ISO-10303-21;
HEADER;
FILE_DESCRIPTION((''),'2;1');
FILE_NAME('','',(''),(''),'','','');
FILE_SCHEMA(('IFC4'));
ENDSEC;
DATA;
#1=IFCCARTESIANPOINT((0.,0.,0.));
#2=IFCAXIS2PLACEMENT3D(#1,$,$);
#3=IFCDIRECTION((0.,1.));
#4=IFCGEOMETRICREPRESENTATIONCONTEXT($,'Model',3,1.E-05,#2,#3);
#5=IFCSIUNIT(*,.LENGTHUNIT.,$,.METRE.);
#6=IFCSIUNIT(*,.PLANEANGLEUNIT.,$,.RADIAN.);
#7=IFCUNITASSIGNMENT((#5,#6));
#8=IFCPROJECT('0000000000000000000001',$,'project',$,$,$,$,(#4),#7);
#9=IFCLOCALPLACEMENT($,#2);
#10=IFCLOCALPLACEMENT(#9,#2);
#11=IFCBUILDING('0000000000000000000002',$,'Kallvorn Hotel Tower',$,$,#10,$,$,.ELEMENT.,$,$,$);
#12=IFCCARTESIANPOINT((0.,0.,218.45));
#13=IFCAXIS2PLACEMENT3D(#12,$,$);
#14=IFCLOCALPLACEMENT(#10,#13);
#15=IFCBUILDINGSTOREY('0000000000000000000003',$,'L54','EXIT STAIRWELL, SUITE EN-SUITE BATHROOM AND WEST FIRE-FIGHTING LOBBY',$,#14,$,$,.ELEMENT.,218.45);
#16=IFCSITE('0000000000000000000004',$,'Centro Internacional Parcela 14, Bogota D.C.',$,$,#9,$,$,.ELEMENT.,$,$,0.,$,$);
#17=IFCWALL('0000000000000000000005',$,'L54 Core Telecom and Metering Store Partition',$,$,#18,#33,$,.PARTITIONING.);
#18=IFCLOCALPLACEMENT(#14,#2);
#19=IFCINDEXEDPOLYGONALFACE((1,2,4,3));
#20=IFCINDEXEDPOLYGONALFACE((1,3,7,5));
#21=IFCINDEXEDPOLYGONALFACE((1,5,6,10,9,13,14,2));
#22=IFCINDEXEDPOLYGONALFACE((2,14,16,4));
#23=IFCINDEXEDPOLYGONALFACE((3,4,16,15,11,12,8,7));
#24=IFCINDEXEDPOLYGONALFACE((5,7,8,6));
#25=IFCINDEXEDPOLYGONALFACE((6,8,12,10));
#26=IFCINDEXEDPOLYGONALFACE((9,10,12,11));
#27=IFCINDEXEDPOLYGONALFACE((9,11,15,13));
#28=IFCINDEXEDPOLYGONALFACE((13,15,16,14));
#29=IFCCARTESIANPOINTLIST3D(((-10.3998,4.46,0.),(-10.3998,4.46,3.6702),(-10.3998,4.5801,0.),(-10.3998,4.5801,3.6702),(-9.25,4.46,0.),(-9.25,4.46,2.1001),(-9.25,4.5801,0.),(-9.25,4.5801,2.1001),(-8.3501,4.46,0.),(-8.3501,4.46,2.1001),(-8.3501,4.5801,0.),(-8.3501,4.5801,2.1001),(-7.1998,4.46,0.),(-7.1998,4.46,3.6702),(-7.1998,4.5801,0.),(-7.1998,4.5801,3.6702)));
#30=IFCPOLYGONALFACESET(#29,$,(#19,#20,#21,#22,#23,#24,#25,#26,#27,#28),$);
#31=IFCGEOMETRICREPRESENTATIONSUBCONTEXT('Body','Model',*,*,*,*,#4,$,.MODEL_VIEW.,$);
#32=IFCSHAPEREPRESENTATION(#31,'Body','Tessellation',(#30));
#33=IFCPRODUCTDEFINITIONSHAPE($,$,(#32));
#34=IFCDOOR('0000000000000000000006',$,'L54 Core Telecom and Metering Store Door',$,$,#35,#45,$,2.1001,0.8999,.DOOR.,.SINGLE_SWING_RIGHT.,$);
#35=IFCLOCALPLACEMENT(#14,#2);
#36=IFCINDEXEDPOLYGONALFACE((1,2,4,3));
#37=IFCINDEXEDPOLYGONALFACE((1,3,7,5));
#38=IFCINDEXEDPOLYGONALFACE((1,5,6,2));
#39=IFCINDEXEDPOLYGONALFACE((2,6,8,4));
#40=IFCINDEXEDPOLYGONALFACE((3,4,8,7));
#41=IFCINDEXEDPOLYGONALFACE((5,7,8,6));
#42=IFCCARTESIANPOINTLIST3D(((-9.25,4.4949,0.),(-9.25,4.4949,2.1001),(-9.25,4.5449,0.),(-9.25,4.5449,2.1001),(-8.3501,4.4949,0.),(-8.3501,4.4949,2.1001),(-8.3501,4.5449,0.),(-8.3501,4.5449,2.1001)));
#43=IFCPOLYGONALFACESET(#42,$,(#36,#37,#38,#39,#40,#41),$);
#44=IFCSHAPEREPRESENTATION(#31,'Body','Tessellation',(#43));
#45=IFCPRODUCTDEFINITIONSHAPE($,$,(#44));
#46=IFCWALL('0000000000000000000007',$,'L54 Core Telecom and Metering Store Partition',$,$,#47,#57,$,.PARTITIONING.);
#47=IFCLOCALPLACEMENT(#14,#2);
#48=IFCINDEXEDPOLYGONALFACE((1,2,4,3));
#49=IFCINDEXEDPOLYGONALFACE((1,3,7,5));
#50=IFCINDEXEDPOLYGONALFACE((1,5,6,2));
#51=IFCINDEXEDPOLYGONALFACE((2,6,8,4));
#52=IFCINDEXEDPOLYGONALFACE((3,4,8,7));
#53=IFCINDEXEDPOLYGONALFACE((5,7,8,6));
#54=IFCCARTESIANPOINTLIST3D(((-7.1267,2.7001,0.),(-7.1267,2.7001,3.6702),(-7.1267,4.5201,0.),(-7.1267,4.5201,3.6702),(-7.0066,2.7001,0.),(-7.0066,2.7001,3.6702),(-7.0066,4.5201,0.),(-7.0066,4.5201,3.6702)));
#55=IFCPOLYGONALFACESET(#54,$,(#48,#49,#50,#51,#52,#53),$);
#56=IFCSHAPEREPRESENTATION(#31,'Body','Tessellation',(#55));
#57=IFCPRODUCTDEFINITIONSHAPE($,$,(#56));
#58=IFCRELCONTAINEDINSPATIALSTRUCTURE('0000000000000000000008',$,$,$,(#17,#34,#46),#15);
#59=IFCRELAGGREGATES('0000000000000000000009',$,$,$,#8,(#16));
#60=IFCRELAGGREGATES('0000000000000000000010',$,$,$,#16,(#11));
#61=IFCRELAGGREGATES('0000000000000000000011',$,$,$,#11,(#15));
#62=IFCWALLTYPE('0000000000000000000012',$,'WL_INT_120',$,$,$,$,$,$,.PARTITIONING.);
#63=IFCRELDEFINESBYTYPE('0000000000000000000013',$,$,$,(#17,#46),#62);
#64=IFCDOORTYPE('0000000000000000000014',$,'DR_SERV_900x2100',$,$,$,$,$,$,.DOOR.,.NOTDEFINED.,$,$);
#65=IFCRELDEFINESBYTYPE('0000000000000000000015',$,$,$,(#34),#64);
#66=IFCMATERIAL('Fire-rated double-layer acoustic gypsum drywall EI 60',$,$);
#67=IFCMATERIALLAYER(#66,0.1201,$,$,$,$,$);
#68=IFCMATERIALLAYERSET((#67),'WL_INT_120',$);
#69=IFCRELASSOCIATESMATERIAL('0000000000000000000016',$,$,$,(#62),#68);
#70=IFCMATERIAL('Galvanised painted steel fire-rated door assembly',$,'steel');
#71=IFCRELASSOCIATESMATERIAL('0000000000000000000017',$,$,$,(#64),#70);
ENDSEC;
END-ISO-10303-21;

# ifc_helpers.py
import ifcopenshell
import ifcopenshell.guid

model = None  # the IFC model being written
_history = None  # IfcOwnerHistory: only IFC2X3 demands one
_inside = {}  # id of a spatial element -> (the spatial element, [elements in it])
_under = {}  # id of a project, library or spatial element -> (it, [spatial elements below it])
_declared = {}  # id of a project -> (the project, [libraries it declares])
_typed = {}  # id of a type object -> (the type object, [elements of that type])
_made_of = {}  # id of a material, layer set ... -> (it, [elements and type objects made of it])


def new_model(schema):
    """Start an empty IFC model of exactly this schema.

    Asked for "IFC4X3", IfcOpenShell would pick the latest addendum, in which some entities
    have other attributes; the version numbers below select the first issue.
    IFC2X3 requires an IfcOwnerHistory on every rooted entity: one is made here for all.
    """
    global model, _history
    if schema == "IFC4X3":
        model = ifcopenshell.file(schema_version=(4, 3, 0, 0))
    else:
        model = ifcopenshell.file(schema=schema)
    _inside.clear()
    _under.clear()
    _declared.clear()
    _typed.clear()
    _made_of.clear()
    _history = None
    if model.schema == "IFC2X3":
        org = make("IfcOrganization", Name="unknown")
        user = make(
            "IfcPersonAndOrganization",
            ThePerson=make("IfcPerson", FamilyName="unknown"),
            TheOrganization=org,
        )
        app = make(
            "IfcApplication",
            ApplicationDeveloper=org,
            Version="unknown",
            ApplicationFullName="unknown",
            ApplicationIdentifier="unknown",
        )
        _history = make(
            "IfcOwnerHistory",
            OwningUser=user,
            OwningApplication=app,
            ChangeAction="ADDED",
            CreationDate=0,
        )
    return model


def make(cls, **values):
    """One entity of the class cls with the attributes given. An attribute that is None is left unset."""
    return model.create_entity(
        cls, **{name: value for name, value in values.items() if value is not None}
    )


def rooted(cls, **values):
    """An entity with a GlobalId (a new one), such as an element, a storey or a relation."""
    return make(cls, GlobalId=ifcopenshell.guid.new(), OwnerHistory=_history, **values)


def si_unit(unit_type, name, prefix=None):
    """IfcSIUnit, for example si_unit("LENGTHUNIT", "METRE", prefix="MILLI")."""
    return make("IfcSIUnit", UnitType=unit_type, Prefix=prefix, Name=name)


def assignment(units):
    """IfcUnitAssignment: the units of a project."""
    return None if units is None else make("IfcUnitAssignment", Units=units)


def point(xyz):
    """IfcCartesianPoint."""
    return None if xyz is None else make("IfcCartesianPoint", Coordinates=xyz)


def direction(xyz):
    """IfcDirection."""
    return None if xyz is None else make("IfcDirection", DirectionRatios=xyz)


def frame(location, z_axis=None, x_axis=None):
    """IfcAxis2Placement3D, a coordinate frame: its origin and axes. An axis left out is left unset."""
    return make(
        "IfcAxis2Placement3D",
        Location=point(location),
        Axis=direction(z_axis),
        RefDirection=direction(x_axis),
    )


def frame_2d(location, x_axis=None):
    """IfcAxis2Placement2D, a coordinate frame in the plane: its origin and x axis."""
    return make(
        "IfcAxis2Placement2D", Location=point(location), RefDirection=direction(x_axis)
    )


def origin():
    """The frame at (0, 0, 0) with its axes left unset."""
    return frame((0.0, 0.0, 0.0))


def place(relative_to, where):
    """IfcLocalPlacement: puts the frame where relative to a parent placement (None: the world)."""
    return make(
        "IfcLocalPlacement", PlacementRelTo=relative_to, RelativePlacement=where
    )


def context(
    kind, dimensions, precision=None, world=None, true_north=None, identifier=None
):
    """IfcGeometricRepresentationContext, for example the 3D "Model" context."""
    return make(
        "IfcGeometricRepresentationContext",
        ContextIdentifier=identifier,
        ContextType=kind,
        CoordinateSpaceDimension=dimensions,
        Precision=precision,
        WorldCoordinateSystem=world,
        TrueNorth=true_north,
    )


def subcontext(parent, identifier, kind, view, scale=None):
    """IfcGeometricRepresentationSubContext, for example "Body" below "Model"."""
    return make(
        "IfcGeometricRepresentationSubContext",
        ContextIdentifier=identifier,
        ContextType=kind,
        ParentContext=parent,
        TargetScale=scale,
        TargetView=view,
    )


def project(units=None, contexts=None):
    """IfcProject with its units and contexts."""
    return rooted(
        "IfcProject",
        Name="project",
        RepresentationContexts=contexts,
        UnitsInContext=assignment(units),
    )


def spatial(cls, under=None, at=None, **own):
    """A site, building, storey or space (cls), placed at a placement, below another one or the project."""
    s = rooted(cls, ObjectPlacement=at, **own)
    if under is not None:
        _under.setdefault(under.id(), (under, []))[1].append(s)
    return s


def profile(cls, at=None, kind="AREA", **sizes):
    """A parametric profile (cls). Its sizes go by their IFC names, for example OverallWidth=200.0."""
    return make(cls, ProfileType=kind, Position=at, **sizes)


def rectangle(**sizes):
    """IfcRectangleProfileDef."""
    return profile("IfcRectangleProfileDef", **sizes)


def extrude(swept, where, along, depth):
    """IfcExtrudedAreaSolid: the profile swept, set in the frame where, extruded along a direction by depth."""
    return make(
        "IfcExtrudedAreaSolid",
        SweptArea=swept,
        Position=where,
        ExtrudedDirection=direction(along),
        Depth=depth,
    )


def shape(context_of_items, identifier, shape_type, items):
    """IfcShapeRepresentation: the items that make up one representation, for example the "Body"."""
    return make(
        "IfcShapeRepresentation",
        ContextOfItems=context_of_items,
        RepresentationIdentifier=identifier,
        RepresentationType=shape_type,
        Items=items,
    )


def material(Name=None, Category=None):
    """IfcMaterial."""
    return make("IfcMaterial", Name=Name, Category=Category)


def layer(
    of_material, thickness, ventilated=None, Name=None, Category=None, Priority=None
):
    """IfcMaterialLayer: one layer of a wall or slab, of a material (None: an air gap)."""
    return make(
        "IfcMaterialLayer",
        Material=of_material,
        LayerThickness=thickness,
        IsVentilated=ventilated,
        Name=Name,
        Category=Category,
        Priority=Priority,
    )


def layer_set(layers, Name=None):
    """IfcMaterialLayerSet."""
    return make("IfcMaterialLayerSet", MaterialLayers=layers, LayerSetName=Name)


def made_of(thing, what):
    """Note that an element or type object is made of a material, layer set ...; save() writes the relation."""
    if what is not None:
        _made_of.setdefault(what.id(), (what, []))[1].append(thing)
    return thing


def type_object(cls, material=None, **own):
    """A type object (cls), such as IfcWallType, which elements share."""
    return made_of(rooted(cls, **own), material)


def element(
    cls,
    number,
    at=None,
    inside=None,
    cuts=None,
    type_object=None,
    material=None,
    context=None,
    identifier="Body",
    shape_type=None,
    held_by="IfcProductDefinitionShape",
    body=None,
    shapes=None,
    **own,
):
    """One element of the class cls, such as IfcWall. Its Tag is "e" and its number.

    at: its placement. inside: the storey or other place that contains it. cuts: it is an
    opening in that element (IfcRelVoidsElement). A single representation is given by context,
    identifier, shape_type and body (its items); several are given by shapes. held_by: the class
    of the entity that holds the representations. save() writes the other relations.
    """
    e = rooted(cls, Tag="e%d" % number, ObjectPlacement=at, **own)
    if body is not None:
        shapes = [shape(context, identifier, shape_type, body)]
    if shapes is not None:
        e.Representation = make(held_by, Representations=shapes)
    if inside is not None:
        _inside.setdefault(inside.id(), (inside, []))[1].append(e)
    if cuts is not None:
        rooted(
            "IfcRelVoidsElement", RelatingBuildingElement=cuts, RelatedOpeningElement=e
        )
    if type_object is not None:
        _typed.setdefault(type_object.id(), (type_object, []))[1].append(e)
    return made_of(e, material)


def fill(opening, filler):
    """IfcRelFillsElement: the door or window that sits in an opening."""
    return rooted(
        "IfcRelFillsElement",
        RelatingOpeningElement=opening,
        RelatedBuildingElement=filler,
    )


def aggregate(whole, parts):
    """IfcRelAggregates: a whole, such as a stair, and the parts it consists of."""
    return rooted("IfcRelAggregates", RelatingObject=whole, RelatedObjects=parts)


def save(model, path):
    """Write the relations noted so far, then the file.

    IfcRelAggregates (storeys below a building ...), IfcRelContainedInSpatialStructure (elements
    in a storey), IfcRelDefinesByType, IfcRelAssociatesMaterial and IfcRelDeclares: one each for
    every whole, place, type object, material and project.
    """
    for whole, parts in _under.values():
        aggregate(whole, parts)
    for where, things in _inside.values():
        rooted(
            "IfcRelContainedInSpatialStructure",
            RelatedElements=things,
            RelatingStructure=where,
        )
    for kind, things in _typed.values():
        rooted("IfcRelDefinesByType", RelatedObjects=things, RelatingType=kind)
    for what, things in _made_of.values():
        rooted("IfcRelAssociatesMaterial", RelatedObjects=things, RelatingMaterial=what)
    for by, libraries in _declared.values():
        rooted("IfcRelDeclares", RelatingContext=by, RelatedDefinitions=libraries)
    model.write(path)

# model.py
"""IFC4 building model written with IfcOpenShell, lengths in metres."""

from ifc_helpers import new_model, si_unit, direction, frame, frame_2d, origin, place, context, subcontext, project, spatial, rectangle, extrude, material, layer, layer_set, type_object, element, fill, save


model = new_model("IFC4")

# Units and contexts
model_context = context("Model", 3, precision=1e-05, world=origin(), true_north=direction((0.0, 1.0)))
body_context = subcontext(model_context, "Body", "Model", "MODEL_VIEW")
ifc_project = project(units=[si_unit("LENGTHUNIT", "METRE"), si_unit("PLANEANGLEUNIT", "RADIAN")], contexts=[model_context])

# Site, building, storey
site_placement = place(None, origin())
site = spatial("IfcSite", under=ifc_project, at=site_placement, Name="Centro Internacional Parcela 14, Bogota D.C.", CompositionType="ELEMENT", RefElevation=0.0)
building_placement = place(site_placement, origin())
building = spatial("IfcBuilding", under=site, at=building_placement, Name="Kallvorn Hotel Tower", CompositionType="ELEMENT")
storey_placement = place(building_placement, frame((0.0, 0.0, 218.45)))
storey = spatial("IfcBuildingStorey", under=building, at=storey_placement, Name="L54", Description="EXIT STAIRWELL, SUITE EN-SUITE BATHROOM AND WEST FIRE-FIGHTING LOBBY", CompositionType="ELEMENT", Elevation=218.45)

# Shared definitions
ifc_material_1 = material(Name="Fire-rated double-layer acoustic gypsum drywall EI 60")
ifc_layer_1 = layer(ifc_material_1, 0.1201)
ifc_layer_set_1 = layer_set([ifc_layer_1], Name="WL_INT_120")
wall_type_1 = type_object("IfcWallType", Name="WL_INT_120", PredefinedType="PARTITIONING", material=ifc_layer_set_1)

# Wall, opening, door
wall_1_placement = place(storey_placement, frame((-10.3999, 4.52, 0.0), z_axis=(0.0, 0.0, 1.0), x_axis=(1.0, 0.0, 0.0)))
wall_1 = element("IfcWall", 1, at=wall_1_placement, inside=storey, type_object=wall_type_1, Name="L54 Core Telecom and Metering Store Partition", PredefinedType="PARTITIONING", context=body_context, shape_type="SweptSolid", body=[
    extrude(rectangle(XDim=3.2, YDim=0.1201, at=frame_2d((1.6001, 0.0))), origin(), (0.0, 0.0, 1.0), 3.6702),
])
opening_1_placement = place(wall_1_placement, frame((1.1499, 0.0, 0.0)))
opening_1 = element("IfcOpeningElement", 2, at=opening_1_placement, cuts=wall_1, PredefinedType="OPENING", context=body_context, shape_type="SweptSolid", body=[
    extrude(rectangle(XDim=0.8999, YDim=2.1001, at=frame_2d((0.45, 1.05))), frame((0.0, 0.075, 0.0), z_axis=(0.0, -1.0, 0.0), x_axis=(1.0, 0.0, 0.0)), (0.0, 0.0, 1.0), 0.1501),
])
ifc_material_2 = material(Name="Galvanised painted steel fire-rated door assembly", Category="steel")
door_type_1 = type_object("IfcDoorType", Name="DR_SERV_900x2100", OperationType="NOTDEFINED", PredefinedType="DOOR", material=ifc_material_2)
door_1_placement = place(opening_1_placement, origin())
door_1 = element("IfcDoor", 3, at=door_1_placement, inside=storey, type_object=door_type_1, Name="L54 Core Telecom and Metering Store Door", OperationType="SINGLE_SWING_RIGHT", OverallHeight=2.1001, OverallWidth=0.8999, PredefinedType="DOOR", context=body_context, shape_type="SweptSolid", body=[
    extrude(rectangle(XDim=0.8999, YDim=2.1001, at=frame_2d((0.45, 1.05))), frame((0.0, 0.0249, 0.0), z_axis=(0.0, -1.0, 0.0), x_axis=(1.0, 0.0, 0.0)), (0.0, 0.0, 1.0), 0.05),
])
fill(opening_1, door_1)

# Wall
wall_2_placement = place(storey_placement, frame((-7.0667, 2.7, 0.0), z_axis=(0.0, 0.0, 1.0), x_axis=(0.0, 1.0, 0.0)))
element("IfcWall", 4, at=wall_2_placement, inside=storey, type_object=wall_type_1, Name="L54 Core Telecom and Metering Store Partition", PredefinedType="PARTITIONING", context=body_context, shape_type="SweptSolid", body=[
    extrude(rectangle(XDim=1.8201, YDim=0.1201, at=frame_2d((0.9102, 0.0))), origin(), (0.0, 0.0, 1.0), 3.6702),
])

save(model, "model.ifc")
